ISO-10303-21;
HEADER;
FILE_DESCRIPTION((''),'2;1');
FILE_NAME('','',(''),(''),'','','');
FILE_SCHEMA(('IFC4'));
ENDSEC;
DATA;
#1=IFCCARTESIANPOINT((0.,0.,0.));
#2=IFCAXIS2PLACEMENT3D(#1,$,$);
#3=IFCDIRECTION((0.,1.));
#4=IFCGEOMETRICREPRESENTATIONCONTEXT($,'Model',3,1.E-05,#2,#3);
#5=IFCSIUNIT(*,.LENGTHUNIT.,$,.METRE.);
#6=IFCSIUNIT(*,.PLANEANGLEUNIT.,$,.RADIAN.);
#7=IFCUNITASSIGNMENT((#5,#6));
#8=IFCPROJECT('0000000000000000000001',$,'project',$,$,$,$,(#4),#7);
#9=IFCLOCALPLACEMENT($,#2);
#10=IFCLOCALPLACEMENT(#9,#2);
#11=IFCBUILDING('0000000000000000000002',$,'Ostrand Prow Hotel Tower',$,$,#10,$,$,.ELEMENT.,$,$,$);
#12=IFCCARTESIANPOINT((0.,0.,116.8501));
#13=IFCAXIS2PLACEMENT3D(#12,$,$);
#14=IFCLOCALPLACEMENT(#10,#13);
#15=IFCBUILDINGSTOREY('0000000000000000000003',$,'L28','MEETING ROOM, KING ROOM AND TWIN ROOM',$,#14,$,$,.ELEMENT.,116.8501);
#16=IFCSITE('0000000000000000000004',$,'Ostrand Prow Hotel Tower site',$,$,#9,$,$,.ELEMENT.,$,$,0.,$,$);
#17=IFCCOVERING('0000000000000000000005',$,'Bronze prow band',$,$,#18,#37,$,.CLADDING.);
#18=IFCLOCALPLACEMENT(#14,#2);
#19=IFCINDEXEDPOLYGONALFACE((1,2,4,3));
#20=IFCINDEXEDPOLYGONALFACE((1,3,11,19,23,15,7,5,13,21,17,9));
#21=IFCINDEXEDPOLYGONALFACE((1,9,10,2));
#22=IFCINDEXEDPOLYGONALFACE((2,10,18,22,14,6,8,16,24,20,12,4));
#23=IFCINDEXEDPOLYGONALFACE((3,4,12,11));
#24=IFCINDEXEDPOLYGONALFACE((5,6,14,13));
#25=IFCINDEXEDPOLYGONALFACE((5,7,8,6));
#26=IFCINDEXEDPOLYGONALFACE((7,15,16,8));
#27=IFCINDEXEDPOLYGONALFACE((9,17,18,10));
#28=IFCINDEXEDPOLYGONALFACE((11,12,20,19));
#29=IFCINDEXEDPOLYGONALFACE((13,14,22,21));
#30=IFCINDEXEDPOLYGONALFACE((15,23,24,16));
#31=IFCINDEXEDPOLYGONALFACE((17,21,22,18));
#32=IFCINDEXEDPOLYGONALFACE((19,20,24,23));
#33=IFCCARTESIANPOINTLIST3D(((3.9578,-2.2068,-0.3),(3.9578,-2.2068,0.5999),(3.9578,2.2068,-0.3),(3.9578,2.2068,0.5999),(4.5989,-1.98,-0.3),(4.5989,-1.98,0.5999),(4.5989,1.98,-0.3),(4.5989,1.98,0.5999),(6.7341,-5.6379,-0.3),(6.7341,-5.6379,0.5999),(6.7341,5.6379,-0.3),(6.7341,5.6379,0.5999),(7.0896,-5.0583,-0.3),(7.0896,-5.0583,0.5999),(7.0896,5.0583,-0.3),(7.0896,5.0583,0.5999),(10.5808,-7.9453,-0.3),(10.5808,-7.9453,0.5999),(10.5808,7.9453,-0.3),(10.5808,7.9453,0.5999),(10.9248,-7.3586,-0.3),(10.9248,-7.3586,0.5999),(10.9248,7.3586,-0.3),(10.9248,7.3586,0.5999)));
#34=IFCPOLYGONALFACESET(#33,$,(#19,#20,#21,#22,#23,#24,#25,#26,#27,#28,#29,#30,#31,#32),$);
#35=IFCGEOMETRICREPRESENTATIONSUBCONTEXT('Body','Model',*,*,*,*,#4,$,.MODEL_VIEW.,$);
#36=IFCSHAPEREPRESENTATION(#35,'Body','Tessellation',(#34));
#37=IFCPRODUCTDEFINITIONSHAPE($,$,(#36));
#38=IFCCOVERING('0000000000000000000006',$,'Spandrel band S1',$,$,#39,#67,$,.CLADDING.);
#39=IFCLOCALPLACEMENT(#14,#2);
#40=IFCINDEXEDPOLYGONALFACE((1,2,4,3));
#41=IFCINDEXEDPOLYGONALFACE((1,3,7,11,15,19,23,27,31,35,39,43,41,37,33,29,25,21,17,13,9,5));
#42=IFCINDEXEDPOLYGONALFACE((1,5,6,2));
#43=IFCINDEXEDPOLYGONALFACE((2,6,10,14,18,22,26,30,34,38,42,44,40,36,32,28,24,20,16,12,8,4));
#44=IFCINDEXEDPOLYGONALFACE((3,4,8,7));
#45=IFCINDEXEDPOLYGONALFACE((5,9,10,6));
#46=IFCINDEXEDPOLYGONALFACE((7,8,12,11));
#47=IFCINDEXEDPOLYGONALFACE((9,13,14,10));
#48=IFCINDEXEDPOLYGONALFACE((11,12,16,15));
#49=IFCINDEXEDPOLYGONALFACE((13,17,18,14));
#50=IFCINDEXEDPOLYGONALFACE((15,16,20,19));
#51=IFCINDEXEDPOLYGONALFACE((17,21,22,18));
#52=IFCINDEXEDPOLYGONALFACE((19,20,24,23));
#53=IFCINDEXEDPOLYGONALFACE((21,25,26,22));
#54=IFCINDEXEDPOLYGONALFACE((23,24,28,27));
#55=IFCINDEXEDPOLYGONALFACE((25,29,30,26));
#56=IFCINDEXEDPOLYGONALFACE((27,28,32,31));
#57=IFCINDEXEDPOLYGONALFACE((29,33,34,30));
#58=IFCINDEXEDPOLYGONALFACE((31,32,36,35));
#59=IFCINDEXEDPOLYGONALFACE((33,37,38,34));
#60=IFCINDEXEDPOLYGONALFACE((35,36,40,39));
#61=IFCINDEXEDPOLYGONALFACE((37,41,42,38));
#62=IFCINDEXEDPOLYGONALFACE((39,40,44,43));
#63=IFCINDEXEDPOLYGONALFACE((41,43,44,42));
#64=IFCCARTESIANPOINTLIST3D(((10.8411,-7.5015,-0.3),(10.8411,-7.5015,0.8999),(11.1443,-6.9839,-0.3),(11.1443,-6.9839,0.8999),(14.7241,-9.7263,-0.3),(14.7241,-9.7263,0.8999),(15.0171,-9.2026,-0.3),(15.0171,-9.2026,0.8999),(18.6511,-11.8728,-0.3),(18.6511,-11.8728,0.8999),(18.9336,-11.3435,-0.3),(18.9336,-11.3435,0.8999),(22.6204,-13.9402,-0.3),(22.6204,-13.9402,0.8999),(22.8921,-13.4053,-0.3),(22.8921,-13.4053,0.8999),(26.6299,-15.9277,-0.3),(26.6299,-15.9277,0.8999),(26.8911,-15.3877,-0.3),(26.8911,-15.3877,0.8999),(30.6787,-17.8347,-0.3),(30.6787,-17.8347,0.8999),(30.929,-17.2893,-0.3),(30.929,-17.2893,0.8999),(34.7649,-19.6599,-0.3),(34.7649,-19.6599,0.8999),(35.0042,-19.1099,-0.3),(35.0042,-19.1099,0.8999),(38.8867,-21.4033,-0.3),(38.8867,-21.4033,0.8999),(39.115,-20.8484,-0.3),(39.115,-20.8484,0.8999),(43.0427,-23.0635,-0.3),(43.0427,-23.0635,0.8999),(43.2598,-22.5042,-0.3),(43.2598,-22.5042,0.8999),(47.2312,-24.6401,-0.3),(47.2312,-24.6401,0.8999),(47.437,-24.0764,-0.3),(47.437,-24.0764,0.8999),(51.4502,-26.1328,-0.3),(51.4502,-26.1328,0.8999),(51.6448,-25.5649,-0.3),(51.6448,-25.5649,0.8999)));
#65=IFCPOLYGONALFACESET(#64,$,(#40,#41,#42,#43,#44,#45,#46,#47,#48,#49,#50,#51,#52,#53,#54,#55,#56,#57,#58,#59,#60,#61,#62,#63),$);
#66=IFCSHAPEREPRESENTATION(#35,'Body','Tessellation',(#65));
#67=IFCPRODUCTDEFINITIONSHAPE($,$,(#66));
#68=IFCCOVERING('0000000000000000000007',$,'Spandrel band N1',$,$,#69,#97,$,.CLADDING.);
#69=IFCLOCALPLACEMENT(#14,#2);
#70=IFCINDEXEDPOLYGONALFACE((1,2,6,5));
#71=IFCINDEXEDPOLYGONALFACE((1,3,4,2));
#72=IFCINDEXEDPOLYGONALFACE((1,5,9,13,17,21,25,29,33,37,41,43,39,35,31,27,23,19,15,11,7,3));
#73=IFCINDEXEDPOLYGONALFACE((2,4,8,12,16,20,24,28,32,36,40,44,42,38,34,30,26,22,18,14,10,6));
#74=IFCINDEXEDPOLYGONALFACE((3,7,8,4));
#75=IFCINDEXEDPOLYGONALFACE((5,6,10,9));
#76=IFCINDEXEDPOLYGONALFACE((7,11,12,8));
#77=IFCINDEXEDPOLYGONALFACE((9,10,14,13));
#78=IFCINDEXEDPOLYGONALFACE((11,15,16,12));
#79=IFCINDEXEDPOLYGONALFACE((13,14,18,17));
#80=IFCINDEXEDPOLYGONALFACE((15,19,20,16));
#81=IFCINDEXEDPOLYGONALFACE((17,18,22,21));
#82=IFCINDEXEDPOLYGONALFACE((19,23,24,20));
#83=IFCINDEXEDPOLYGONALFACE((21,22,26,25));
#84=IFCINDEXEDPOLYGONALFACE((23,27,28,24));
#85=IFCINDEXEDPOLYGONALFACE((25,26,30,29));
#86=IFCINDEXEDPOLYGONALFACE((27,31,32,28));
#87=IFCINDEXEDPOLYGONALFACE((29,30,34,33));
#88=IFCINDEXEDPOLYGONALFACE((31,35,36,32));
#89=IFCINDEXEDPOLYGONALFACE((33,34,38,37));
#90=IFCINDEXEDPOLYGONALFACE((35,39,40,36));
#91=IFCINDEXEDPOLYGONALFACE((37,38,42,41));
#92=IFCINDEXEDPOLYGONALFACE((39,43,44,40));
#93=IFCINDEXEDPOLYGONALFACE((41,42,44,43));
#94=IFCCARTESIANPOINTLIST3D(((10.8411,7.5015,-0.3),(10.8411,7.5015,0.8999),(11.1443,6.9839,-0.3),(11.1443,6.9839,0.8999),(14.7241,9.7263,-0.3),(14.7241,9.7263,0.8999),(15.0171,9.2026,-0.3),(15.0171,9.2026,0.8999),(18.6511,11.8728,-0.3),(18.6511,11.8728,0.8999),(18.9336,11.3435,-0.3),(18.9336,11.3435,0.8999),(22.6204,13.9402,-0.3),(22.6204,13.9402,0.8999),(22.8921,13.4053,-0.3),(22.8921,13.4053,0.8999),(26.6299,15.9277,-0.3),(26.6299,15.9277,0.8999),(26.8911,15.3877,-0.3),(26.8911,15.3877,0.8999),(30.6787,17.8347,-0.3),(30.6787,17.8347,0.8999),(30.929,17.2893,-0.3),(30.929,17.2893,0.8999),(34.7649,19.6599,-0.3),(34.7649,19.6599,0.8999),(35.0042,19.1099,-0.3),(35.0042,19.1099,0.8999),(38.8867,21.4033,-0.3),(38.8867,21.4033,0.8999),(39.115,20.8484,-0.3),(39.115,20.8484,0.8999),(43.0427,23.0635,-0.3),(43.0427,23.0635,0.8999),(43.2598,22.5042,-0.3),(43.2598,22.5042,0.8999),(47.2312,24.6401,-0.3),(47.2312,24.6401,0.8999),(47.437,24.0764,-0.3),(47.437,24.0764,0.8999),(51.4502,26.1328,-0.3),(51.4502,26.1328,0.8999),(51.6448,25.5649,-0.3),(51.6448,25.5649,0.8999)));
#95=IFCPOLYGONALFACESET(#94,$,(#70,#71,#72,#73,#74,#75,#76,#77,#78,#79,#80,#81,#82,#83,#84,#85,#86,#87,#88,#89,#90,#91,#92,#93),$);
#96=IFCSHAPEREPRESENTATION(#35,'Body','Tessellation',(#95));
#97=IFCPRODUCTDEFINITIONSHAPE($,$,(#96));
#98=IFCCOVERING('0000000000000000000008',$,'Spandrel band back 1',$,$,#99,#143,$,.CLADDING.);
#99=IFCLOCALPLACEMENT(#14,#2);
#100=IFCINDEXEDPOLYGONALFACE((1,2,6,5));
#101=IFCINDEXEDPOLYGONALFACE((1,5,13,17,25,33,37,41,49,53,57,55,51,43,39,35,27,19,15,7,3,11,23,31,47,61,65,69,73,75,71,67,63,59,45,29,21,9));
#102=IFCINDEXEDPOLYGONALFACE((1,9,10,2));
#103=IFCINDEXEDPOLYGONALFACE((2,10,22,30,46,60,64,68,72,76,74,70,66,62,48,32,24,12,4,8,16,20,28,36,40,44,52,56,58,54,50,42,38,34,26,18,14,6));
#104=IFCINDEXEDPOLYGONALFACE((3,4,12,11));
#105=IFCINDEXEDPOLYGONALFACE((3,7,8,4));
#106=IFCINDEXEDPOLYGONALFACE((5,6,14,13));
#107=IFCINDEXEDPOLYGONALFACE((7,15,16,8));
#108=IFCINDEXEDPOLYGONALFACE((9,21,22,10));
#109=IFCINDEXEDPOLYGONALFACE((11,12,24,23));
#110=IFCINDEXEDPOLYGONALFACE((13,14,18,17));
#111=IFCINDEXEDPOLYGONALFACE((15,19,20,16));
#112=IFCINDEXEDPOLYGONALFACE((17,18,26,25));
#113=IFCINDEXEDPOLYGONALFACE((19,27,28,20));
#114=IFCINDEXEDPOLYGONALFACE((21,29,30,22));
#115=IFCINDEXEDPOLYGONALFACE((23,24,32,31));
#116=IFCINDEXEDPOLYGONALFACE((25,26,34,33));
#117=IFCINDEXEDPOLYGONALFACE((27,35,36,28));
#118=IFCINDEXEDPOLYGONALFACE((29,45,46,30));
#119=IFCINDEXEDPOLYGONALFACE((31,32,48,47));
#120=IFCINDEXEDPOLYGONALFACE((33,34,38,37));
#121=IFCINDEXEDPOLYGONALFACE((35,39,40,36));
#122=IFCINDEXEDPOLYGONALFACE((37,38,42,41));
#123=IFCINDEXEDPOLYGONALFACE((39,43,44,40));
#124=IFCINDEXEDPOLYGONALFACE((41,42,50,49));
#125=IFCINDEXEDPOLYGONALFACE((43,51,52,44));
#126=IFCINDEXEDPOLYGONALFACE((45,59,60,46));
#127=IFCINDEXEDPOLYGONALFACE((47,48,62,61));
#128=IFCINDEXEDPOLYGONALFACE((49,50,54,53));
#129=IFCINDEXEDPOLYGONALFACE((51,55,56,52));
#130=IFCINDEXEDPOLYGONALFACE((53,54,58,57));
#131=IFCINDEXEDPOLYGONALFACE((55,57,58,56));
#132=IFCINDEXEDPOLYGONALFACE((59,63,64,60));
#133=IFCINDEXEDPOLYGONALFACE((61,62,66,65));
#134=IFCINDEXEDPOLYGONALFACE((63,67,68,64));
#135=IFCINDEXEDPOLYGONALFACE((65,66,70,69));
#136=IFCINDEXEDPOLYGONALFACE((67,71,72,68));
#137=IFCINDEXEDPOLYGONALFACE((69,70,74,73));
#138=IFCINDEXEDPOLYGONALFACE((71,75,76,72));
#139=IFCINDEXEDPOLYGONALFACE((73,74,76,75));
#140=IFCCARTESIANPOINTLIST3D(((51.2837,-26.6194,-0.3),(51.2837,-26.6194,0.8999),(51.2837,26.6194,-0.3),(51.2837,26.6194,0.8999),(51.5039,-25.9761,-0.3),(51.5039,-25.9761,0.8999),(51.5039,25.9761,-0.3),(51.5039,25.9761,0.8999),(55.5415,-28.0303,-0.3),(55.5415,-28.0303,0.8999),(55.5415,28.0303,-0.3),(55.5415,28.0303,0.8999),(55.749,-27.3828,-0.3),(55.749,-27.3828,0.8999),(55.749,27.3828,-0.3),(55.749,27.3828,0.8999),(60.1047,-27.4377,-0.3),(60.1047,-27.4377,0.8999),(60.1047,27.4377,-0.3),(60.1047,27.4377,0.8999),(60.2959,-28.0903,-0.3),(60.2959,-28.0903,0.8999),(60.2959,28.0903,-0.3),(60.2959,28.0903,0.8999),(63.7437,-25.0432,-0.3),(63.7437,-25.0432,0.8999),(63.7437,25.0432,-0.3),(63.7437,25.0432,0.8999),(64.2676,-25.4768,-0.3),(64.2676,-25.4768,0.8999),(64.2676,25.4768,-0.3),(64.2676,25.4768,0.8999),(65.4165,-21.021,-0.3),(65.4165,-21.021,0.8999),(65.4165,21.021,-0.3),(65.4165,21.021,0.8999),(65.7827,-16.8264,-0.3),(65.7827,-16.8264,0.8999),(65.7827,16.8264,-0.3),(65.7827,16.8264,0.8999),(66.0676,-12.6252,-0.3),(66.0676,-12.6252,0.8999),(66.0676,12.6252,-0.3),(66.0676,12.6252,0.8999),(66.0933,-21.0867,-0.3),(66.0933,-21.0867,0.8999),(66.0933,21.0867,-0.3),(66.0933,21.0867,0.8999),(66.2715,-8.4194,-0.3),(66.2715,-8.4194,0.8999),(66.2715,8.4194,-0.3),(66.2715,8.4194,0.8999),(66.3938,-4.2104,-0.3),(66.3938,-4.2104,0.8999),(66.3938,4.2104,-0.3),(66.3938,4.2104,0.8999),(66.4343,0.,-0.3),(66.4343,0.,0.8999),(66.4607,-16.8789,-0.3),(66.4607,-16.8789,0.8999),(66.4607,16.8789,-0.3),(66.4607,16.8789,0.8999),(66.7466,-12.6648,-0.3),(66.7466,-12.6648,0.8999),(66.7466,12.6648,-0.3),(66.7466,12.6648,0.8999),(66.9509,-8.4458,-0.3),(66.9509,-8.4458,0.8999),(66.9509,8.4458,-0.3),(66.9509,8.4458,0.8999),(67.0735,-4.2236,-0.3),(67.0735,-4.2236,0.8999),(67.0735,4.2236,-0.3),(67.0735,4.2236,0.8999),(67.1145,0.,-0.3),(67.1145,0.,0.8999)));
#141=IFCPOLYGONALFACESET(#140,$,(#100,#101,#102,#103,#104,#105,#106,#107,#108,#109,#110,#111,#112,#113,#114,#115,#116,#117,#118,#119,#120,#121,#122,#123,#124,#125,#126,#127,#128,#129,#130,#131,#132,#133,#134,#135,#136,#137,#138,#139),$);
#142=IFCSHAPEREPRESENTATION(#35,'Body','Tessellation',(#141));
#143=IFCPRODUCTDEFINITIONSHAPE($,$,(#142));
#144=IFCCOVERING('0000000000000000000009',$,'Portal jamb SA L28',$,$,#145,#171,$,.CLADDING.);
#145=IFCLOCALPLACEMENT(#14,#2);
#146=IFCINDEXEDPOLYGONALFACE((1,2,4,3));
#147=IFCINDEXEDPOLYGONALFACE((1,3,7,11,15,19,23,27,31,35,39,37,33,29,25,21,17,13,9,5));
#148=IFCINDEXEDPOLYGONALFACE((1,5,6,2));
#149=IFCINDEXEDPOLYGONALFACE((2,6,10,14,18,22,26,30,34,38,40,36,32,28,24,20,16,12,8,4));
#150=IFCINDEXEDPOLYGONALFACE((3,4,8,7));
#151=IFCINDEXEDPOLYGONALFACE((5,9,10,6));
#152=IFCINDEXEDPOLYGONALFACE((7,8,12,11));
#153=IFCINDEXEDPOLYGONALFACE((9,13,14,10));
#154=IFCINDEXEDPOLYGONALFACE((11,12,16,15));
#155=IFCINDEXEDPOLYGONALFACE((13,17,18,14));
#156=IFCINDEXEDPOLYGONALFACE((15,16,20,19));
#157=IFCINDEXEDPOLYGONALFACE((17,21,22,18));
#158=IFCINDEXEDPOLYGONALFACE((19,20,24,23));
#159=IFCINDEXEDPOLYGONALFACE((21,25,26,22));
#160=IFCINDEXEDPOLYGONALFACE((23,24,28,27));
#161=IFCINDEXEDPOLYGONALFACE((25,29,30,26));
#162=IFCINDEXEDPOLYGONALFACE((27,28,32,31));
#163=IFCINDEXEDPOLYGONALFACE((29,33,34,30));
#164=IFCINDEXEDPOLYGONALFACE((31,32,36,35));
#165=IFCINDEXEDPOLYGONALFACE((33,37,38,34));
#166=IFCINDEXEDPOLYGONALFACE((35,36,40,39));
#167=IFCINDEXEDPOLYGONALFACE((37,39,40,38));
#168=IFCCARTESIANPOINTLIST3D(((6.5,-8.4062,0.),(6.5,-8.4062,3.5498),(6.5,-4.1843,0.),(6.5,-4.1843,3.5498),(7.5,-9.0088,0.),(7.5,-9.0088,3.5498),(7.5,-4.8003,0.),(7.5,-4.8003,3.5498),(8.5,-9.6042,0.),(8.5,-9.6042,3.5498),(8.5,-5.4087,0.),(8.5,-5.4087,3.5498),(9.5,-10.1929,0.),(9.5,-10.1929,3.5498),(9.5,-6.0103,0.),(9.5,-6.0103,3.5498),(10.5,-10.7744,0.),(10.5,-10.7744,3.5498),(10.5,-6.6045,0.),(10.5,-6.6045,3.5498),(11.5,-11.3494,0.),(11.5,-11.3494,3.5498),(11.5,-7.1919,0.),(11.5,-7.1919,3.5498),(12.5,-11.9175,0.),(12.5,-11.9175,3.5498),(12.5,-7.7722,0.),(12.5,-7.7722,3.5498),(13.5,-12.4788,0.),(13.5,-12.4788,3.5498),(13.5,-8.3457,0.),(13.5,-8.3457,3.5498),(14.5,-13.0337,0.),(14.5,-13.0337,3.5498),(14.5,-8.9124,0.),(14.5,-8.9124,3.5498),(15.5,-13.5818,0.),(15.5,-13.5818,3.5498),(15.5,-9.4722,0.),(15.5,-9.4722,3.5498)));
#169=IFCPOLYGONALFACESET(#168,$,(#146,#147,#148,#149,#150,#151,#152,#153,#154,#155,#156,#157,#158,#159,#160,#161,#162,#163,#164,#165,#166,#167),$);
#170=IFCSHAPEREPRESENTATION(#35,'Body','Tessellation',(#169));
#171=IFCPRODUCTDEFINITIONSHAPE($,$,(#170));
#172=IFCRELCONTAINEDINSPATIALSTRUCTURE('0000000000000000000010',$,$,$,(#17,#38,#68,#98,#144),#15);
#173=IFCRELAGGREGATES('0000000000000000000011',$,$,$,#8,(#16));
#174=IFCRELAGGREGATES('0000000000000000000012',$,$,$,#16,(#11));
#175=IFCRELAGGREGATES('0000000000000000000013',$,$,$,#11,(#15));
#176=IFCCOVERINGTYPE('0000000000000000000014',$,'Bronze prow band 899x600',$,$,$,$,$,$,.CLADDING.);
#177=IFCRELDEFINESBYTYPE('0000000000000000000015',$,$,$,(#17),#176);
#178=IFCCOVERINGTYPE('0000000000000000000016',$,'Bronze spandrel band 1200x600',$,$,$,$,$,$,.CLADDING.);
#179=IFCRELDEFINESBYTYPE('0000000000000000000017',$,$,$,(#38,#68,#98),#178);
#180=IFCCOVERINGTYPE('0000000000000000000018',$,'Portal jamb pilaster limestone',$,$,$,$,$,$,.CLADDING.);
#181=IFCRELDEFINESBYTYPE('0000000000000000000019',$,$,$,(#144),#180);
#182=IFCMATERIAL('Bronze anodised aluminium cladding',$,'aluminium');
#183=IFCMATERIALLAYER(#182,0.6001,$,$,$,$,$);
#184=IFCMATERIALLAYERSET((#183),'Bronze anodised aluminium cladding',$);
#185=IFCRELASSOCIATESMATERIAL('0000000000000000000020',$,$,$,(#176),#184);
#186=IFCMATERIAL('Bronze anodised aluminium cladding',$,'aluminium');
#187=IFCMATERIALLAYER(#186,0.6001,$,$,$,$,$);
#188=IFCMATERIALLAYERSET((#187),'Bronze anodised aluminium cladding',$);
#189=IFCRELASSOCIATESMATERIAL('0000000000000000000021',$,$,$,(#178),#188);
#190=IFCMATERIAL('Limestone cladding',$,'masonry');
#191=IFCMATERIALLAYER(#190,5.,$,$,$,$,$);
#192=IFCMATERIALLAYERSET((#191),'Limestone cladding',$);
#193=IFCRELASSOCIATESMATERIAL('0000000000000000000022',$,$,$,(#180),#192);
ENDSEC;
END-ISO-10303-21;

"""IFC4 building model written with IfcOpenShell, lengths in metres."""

from ifc_helpers import new_model, si_unit, direction, frame, origin, place, context, subcontext, project, spatial, polyline, outline, extrude, material, layer, layer_set, type_object, element, save


model = new_model("IFC4")

# Units and contexts
model_context = context("Model", 3, precision=1e-05, world=origin(), true_north=direction((0.0, 1.0)))
body_context = subcontext(model_context, "Body", "Model", "MODEL_VIEW")
ifc_project = project(units=[si_unit("LENGTHUNIT", "METRE"), si_unit("PLANEANGLEUNIT", "RADIAN")], contexts=[model_context])

# Site, building, storey
site_placement = place(None, origin())
site = spatial("IfcSite", under=ifc_project, at=site_placement, Name="Ostrand Prow Hotel Tower site", CompositionType="ELEMENT", RefElevation=0.0)
building_placement = place(site_placement, origin())
building = spatial("IfcBuilding", under=site, at=building_placement, Name="Ostrand Prow Hotel Tower", CompositionType="ELEMENT")
storey_placement = place(building_placement, frame((0.0, 0.0, 116.8501)))
storey = spatial("IfcBuildingStorey", under=building, at=storey_placement, Name="L28", Description="MEETING ROOM, KING ROOM AND TWIN ROOM", CompositionType="ELEMENT", Elevation=116.8501)

# Coverings
ifc_material_1 = material(Name="Bronze anodised aluminium cladding", Category="aluminium")
ifc_layer_1 = layer(ifc_material_1, 0.6001)
ifc_layer_set_1 = layer_set([ifc_layer_1], Name="Bronze anodised aluminium cladding")
covering_type_1 = type_object("IfcCoveringType", Name="Bronze prow band 899x600", PredefinedType="CLADDING", material=ifc_layer_set_1)
covering_1_placement = place(storey_placement, frame((0.0, 0.0, -0.3)))
element("IfcCovering", 1, at=covering_1_placement, inside=storey, type_object=covering_type_1, Name="Bronze prow band", PredefinedType="CLADDING", context=body_context, shape_type="SweptSolid", body=[
    extrude(outline(polyline([(10.5808, 7.9453), (6.7341, 5.6379), (3.9578, 2.2068), (3.9578, -2.2068), (6.7341, -5.6379), (10.5808, -7.9453), (10.9248, -7.3586), (7.0896, -5.0583), (4.5989, -1.98), (4.5989, 1.98), (7.0896, 5.0583), (10.9248, 7.3586), (10.5808, 7.9453)])), origin(), (0.0, 0.0, 1.0), 0.8999),
])
ifc_material_2 = material(Name="Bronze anodised aluminium cladding", Category="aluminium")
ifc_layer_2 = layer(ifc_material_2, 0.6001)
ifc_layer_set_2 = layer_set([ifc_layer_2], Name="Bronze anodised aluminium cladding")
covering_type_2 = type_object("IfcCoveringType", Name="Bronze spandrel band 1200x600", PredefinedType="CLADDING", material=ifc_layer_set_2)
covering_2_placement = place(storey_placement, frame((0.0, 0.0, -0.3)))
element("IfcCovering", 2, at=covering_2_placement, inside=storey, type_object=covering_type_2, Name="Spandrel band S1", PredefinedType="CLADDING", context=body_context, shape_type="SweptSolid", body=[
    extrude(outline(polyline([(10.8411, -7.5015), (14.7241, -9.7263), (18.6511, -11.8728), (22.6204, -13.9402), (26.6299, -15.9277), (30.6787, -17.8347), (34.7649, -19.6599), (38.8867, -21.4033), (43.0427, -23.0635), (47.2312, -24.6401), (51.4502, -26.1328), (51.6448, -25.5649), (47.437, -24.0764), (43.2598, -22.5042), (39.115, -20.8484), (35.0042, -19.1099), (30.929, -17.2893), (26.8911, -15.3877), (22.8921, -13.4053), (18.9336, -11.3435), (15.0171, -9.2026), (11.1443, -6.9839), (10.8411, -7.5015)])), origin(), (0.0, 0.0, 1.0), 1.2),
])
covering_3_placement = place(storey_placement, frame((0.0, 0.0, -0.3)))
element("IfcCovering", 3, at=covering_3_placement, inside=storey, type_object=covering_type_2, Name="Spandrel band N1", PredefinedType="CLADDING", context=body_context, shape_type="SweptSolid", body=[
    extrude(outline(polyline([(51.4502, 26.1328), (47.2312, 24.6401), (43.0427, 23.0635), (38.8867, 21.4033), (34.7649, 19.6599), (30.6787, 17.8347), (26.6299, 15.9277), (22.6204, 13.9402), (18.6511, 11.8728), (14.7241, 9.7263), (10.8411, 7.5015), (11.1443, 6.9839), (15.0171, 9.2026), (18.9336, 11.3435), (22.8921, 13.4053), (26.8911, 15.3877), (30.929, 17.2893), (35.0042, 19.1099), (39.115, 20.8484), (43.2598, 22.5042), (47.437, 24.0764), (51.6448, 25.5649), (51.4502, 26.1328)])), origin(), (0.0, 0.0, 1.0), 1.2),
])
covering_4_placement = place(storey_placement, frame((0.0, 0.0, -0.3)))
element("IfcCovering", 4, at=covering_4_placement, inside=storey, type_object=covering_type_2, Name="Spandrel band back 1", PredefinedType="CLADDING", context=body_context, shape_type="SweptSolid", body=[
    extrude(outline(polyline([(51.2837, -26.6194), (55.5415, -28.0303), (60.2959, -28.0903), (64.2676, -25.4768), (66.0933, -21.0867), (66.4607, -16.8789), (66.7466, -12.6648), (66.9509, -8.4458), (67.0735, -4.2236), (67.1145, 0.0), (67.0735, 4.2236), (66.9509, 8.4458), (66.7466, 12.6648), (66.4607, 16.8789), (66.0933, 21.0867), (64.2676, 25.4768), (60.2959, 28.0903), (55.5415, 28.0303), (51.2837, 26.6194), (51.5039, 25.9761), (55.749, 27.3828), (60.1047, 27.4377), (63.7437, 25.0432), (65.4165, 21.021), (65.7827, 16.8264), (66.0676, 12.6252), (66.2715, 8.4194), (66.3938, 4.2104), (66.4343, 0.0), (66.3938, -4.2104), (66.2715, -8.4194), (66.0676, -12.6252), (65.7827, -16.8264), (65.4165, -21.021), (63.7437, -25.0432), (60.1047, -27.4377), (55.749, -27.3828), (51.5039, -25.9761), (51.2837, -26.6194)])), origin(), (0.0, 0.0, 1.0), 1.2),
])
ifc_material_3 = material(Name="Limestone cladding", Category="masonry")
ifc_layer_3 = layer(ifc_material_3, 5.0)
ifc_layer_set_3 = layer_set([ifc_layer_3], Name="Limestone cladding")
covering_type_3 = type_object("IfcCoveringType", Name="Portal jamb pilaster limestone", PredefinedType="CLADDING", material=ifc_layer_set_3)
covering_5_placement = place(storey_placement, origin())
element("IfcCovering", 5, at=covering_5_placement, inside=storey, type_object=covering_type_3, Name="Portal jamb SA L28", PredefinedType="CLADDING", context=body_context, shape_type="SweptSolid", body=[
    extrude(outline(polyline([(6.5, -4.1843), (6.5, -8.4062), (7.5, -9.0088), (8.5, -9.6042), (9.5, -10.1929), (10.5, -10.7744), (11.5, -11.3494), (12.5, -11.9175), (13.5, -12.4788), (14.5, -13.0337), (15.5, -13.5818), (15.5, -9.4722), (14.5, -8.9124), (13.5, -8.3457), (12.5, -7.7722), (11.5, -7.1919), (10.5, -6.6045), (9.5, -6.0103), (8.5, -5.4087), (7.5, -4.8003), (6.5, -4.1843)])), origin(), (0.0, 0.0, 1.0), 3.5498),
])

save(model, "model.ifc")
